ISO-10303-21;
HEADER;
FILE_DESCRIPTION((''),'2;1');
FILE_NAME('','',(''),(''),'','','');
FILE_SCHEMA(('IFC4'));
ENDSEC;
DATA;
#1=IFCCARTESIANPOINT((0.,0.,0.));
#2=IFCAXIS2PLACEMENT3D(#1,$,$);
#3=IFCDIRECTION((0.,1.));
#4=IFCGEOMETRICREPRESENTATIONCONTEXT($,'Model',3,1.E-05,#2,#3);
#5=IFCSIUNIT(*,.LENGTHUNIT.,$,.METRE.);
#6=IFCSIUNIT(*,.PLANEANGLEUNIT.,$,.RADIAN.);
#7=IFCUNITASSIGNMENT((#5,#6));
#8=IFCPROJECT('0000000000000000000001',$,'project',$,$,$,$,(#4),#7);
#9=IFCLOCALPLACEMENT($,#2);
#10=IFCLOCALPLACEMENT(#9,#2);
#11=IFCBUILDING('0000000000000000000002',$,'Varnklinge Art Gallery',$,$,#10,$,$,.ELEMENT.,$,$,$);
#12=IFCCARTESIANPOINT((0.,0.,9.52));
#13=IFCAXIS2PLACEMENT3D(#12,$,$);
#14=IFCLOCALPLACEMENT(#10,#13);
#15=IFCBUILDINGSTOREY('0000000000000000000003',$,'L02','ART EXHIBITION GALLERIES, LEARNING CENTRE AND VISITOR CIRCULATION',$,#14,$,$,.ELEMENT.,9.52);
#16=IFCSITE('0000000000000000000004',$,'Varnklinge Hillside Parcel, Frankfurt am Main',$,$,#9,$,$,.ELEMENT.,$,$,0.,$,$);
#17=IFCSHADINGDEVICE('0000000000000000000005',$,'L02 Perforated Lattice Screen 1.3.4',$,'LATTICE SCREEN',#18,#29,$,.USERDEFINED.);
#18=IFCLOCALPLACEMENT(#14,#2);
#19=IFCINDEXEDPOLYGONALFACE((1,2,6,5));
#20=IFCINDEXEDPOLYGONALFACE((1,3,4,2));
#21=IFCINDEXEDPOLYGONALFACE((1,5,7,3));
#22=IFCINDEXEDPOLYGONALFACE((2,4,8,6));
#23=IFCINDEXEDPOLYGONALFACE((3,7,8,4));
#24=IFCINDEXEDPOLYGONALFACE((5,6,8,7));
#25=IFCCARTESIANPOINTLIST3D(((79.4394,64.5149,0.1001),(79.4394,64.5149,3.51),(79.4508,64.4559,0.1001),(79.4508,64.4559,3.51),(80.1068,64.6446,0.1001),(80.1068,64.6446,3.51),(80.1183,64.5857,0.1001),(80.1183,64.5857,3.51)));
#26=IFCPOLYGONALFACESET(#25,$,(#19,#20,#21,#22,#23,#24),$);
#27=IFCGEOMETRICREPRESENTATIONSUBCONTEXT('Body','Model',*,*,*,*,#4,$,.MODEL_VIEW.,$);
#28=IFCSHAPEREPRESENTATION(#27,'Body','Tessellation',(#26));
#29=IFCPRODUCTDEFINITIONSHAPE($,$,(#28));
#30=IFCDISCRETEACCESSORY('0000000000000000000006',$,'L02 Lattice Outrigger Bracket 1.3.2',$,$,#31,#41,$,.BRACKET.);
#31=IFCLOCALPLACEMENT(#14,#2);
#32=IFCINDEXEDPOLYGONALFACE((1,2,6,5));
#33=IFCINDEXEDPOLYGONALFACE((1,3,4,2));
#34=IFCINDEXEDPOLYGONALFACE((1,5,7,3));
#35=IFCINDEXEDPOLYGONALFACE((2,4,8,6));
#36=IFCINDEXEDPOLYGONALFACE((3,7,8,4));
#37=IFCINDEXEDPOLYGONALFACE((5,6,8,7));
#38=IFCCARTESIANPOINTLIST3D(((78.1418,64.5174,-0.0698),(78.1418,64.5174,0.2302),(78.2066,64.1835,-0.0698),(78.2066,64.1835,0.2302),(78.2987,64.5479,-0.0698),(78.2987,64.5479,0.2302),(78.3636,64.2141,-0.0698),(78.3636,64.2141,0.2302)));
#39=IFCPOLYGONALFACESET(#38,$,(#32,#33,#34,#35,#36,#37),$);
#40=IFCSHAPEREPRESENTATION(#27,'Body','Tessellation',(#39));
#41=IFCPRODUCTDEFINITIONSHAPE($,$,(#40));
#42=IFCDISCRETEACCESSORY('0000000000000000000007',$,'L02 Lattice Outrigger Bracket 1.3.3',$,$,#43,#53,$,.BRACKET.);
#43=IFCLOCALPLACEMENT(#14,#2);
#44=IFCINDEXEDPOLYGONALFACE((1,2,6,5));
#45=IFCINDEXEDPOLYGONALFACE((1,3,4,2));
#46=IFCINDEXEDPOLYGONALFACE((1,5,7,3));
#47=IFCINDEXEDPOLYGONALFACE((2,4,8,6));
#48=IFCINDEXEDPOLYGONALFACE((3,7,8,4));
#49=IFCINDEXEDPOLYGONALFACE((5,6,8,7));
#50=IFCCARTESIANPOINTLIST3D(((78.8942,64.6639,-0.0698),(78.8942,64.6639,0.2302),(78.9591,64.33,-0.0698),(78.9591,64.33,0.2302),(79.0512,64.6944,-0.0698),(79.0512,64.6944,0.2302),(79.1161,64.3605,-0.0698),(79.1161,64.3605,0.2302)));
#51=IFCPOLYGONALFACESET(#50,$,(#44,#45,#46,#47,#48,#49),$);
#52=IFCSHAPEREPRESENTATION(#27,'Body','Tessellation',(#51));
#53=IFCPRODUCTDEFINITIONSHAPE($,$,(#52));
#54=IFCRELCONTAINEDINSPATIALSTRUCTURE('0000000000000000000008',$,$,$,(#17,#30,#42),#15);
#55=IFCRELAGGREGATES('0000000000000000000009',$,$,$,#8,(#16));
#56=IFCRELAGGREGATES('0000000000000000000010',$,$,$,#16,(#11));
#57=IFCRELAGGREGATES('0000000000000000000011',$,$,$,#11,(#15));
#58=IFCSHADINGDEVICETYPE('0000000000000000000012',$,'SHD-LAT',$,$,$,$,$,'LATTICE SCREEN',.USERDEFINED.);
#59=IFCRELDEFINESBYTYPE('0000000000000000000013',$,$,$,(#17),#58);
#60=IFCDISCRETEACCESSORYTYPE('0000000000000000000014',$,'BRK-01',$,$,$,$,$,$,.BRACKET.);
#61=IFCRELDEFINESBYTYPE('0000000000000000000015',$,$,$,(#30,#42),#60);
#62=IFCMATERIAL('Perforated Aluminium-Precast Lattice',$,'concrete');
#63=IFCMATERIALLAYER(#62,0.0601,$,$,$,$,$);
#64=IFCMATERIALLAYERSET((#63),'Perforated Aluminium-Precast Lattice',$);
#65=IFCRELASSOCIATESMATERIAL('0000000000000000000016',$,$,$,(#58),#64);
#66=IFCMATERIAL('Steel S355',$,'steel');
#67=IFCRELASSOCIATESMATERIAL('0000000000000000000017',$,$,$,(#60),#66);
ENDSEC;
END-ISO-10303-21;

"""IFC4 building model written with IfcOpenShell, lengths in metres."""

from ifc_helpers import new_model, si_unit, direction, frame, origin, origin_2d, place, context, subcontext, project, spatial, rectangle, extrude, material, layer, layer_set, type_object, element, save


model = new_model("IFC4")

# Units and contexts
model_context = context("Model", 3, precision=1e-05, world=origin(), true_north=direction((0.0, 1.0)))
body_context = subcontext(model_context, "Body", "Model", "MODEL_VIEW")
ifc_project = project(units=[si_unit("LENGTHUNIT", "METRE"), si_unit("PLANEANGLEUNIT", "RADIAN")], contexts=[model_context])

# Site, building, storey
site_placement = place(None, origin())
site = spatial("IfcSite", under=ifc_project, at=site_placement, Name="Varnklinge Hillside Parcel, Frankfurt am Main", CompositionType="ELEMENT", RefElevation=0.0)
building_placement = place(site_placement, origin())
building = spatial("IfcBuilding", under=site, at=building_placement, Name="Varnklinge Art Gallery", CompositionType="ELEMENT")
storey_placement = place(building_placement, frame((0.0, 0.0, 9.52)))
storey = spatial("IfcBuildingStorey", under=building, at=storey_placement, Name="L02", Description="ART EXHIBITION GALLERIES, LEARNING CENTRE AND VISITOR CIRCULATION", CompositionType="ELEMENT", Elevation=9.52)

# Shading device
ifc_material_1 = material(Name="Perforated Aluminium-Precast Lattice", Category="concrete")
ifc_layer_1 = layer(ifc_material_1, 0.0601)
ifc_layer_set_1 = layer_set([ifc_layer_1], Name="Perforated Aluminium-Precast Lattice")
shading_device_type = type_object("IfcShadingDeviceType", Name="SHD-LAT", ElementType="LATTICE SCREEN", PredefinedType="USERDEFINED", material=ifc_layer_set_1)
for number, where, z_axis, x_axis, name in (
    (1, (79.7788, 64.5503, 0.1001), (0.0, 0.0, 1.0), (0.981627, 0.190809, 0.0), "L02 Perforated Lattice Screen 1.3.4"),
):
    element("IfcShadingDevice", number, at=place(storey_placement, frame(where, z_axis=z_axis, x_axis=x_axis)), inside=storey, type_object=shading_device_type, Name=name, ObjectType="LATTICE SCREEN", PredefinedType="USERDEFINED", context=body_context, shape_type="SweptSolid", body=[
        extrude(rectangle(XDim=0.6799, YDim=0.0601, at=origin_2d()), origin(), (0.0, 0.0, 1.0), 3.4099),
    ])

# Discrete accessories
ifc_material_2 = material(Name="Steel S355", Category="steel")
discrete_accessory_type = type_object("IfcDiscreteAccessoryType", Name="BRK-01", PredefinedType="BRACKET", material=ifc_material_2)
for number, where, z_axis, x_axis, name in (
    (2, (78.2527, 64.3657, -0.0698), (0.0, 0.0, 1.0), (0.981627, 0.190809, 0.0), "L02 Lattice Outrigger Bracket 1.3.2"),
    (3, (79.0051, 64.5122, -0.0698), (0.0, 0.0, 1.0), (0.981627, 0.190809, 0.0), "L02 Lattice Outrigger Bracket 1.3.3"),
):
    element("IfcDiscreteAccessory", number, at=place(storey_placement, frame(where, z_axis=z_axis, x_axis=x_axis)), inside=storey, type_object=discrete_accessory_type, Name=name, PredefinedType="BRACKET", context=body_context, shape_type="SweptSolid", body=[
        extrude(rectangle(XDim=0.1599, YDim=0.3401, at=origin_2d()), origin(), (0.0, 0.0, 1.0), 0.3),
    ])

save(model, "model.ifc")
